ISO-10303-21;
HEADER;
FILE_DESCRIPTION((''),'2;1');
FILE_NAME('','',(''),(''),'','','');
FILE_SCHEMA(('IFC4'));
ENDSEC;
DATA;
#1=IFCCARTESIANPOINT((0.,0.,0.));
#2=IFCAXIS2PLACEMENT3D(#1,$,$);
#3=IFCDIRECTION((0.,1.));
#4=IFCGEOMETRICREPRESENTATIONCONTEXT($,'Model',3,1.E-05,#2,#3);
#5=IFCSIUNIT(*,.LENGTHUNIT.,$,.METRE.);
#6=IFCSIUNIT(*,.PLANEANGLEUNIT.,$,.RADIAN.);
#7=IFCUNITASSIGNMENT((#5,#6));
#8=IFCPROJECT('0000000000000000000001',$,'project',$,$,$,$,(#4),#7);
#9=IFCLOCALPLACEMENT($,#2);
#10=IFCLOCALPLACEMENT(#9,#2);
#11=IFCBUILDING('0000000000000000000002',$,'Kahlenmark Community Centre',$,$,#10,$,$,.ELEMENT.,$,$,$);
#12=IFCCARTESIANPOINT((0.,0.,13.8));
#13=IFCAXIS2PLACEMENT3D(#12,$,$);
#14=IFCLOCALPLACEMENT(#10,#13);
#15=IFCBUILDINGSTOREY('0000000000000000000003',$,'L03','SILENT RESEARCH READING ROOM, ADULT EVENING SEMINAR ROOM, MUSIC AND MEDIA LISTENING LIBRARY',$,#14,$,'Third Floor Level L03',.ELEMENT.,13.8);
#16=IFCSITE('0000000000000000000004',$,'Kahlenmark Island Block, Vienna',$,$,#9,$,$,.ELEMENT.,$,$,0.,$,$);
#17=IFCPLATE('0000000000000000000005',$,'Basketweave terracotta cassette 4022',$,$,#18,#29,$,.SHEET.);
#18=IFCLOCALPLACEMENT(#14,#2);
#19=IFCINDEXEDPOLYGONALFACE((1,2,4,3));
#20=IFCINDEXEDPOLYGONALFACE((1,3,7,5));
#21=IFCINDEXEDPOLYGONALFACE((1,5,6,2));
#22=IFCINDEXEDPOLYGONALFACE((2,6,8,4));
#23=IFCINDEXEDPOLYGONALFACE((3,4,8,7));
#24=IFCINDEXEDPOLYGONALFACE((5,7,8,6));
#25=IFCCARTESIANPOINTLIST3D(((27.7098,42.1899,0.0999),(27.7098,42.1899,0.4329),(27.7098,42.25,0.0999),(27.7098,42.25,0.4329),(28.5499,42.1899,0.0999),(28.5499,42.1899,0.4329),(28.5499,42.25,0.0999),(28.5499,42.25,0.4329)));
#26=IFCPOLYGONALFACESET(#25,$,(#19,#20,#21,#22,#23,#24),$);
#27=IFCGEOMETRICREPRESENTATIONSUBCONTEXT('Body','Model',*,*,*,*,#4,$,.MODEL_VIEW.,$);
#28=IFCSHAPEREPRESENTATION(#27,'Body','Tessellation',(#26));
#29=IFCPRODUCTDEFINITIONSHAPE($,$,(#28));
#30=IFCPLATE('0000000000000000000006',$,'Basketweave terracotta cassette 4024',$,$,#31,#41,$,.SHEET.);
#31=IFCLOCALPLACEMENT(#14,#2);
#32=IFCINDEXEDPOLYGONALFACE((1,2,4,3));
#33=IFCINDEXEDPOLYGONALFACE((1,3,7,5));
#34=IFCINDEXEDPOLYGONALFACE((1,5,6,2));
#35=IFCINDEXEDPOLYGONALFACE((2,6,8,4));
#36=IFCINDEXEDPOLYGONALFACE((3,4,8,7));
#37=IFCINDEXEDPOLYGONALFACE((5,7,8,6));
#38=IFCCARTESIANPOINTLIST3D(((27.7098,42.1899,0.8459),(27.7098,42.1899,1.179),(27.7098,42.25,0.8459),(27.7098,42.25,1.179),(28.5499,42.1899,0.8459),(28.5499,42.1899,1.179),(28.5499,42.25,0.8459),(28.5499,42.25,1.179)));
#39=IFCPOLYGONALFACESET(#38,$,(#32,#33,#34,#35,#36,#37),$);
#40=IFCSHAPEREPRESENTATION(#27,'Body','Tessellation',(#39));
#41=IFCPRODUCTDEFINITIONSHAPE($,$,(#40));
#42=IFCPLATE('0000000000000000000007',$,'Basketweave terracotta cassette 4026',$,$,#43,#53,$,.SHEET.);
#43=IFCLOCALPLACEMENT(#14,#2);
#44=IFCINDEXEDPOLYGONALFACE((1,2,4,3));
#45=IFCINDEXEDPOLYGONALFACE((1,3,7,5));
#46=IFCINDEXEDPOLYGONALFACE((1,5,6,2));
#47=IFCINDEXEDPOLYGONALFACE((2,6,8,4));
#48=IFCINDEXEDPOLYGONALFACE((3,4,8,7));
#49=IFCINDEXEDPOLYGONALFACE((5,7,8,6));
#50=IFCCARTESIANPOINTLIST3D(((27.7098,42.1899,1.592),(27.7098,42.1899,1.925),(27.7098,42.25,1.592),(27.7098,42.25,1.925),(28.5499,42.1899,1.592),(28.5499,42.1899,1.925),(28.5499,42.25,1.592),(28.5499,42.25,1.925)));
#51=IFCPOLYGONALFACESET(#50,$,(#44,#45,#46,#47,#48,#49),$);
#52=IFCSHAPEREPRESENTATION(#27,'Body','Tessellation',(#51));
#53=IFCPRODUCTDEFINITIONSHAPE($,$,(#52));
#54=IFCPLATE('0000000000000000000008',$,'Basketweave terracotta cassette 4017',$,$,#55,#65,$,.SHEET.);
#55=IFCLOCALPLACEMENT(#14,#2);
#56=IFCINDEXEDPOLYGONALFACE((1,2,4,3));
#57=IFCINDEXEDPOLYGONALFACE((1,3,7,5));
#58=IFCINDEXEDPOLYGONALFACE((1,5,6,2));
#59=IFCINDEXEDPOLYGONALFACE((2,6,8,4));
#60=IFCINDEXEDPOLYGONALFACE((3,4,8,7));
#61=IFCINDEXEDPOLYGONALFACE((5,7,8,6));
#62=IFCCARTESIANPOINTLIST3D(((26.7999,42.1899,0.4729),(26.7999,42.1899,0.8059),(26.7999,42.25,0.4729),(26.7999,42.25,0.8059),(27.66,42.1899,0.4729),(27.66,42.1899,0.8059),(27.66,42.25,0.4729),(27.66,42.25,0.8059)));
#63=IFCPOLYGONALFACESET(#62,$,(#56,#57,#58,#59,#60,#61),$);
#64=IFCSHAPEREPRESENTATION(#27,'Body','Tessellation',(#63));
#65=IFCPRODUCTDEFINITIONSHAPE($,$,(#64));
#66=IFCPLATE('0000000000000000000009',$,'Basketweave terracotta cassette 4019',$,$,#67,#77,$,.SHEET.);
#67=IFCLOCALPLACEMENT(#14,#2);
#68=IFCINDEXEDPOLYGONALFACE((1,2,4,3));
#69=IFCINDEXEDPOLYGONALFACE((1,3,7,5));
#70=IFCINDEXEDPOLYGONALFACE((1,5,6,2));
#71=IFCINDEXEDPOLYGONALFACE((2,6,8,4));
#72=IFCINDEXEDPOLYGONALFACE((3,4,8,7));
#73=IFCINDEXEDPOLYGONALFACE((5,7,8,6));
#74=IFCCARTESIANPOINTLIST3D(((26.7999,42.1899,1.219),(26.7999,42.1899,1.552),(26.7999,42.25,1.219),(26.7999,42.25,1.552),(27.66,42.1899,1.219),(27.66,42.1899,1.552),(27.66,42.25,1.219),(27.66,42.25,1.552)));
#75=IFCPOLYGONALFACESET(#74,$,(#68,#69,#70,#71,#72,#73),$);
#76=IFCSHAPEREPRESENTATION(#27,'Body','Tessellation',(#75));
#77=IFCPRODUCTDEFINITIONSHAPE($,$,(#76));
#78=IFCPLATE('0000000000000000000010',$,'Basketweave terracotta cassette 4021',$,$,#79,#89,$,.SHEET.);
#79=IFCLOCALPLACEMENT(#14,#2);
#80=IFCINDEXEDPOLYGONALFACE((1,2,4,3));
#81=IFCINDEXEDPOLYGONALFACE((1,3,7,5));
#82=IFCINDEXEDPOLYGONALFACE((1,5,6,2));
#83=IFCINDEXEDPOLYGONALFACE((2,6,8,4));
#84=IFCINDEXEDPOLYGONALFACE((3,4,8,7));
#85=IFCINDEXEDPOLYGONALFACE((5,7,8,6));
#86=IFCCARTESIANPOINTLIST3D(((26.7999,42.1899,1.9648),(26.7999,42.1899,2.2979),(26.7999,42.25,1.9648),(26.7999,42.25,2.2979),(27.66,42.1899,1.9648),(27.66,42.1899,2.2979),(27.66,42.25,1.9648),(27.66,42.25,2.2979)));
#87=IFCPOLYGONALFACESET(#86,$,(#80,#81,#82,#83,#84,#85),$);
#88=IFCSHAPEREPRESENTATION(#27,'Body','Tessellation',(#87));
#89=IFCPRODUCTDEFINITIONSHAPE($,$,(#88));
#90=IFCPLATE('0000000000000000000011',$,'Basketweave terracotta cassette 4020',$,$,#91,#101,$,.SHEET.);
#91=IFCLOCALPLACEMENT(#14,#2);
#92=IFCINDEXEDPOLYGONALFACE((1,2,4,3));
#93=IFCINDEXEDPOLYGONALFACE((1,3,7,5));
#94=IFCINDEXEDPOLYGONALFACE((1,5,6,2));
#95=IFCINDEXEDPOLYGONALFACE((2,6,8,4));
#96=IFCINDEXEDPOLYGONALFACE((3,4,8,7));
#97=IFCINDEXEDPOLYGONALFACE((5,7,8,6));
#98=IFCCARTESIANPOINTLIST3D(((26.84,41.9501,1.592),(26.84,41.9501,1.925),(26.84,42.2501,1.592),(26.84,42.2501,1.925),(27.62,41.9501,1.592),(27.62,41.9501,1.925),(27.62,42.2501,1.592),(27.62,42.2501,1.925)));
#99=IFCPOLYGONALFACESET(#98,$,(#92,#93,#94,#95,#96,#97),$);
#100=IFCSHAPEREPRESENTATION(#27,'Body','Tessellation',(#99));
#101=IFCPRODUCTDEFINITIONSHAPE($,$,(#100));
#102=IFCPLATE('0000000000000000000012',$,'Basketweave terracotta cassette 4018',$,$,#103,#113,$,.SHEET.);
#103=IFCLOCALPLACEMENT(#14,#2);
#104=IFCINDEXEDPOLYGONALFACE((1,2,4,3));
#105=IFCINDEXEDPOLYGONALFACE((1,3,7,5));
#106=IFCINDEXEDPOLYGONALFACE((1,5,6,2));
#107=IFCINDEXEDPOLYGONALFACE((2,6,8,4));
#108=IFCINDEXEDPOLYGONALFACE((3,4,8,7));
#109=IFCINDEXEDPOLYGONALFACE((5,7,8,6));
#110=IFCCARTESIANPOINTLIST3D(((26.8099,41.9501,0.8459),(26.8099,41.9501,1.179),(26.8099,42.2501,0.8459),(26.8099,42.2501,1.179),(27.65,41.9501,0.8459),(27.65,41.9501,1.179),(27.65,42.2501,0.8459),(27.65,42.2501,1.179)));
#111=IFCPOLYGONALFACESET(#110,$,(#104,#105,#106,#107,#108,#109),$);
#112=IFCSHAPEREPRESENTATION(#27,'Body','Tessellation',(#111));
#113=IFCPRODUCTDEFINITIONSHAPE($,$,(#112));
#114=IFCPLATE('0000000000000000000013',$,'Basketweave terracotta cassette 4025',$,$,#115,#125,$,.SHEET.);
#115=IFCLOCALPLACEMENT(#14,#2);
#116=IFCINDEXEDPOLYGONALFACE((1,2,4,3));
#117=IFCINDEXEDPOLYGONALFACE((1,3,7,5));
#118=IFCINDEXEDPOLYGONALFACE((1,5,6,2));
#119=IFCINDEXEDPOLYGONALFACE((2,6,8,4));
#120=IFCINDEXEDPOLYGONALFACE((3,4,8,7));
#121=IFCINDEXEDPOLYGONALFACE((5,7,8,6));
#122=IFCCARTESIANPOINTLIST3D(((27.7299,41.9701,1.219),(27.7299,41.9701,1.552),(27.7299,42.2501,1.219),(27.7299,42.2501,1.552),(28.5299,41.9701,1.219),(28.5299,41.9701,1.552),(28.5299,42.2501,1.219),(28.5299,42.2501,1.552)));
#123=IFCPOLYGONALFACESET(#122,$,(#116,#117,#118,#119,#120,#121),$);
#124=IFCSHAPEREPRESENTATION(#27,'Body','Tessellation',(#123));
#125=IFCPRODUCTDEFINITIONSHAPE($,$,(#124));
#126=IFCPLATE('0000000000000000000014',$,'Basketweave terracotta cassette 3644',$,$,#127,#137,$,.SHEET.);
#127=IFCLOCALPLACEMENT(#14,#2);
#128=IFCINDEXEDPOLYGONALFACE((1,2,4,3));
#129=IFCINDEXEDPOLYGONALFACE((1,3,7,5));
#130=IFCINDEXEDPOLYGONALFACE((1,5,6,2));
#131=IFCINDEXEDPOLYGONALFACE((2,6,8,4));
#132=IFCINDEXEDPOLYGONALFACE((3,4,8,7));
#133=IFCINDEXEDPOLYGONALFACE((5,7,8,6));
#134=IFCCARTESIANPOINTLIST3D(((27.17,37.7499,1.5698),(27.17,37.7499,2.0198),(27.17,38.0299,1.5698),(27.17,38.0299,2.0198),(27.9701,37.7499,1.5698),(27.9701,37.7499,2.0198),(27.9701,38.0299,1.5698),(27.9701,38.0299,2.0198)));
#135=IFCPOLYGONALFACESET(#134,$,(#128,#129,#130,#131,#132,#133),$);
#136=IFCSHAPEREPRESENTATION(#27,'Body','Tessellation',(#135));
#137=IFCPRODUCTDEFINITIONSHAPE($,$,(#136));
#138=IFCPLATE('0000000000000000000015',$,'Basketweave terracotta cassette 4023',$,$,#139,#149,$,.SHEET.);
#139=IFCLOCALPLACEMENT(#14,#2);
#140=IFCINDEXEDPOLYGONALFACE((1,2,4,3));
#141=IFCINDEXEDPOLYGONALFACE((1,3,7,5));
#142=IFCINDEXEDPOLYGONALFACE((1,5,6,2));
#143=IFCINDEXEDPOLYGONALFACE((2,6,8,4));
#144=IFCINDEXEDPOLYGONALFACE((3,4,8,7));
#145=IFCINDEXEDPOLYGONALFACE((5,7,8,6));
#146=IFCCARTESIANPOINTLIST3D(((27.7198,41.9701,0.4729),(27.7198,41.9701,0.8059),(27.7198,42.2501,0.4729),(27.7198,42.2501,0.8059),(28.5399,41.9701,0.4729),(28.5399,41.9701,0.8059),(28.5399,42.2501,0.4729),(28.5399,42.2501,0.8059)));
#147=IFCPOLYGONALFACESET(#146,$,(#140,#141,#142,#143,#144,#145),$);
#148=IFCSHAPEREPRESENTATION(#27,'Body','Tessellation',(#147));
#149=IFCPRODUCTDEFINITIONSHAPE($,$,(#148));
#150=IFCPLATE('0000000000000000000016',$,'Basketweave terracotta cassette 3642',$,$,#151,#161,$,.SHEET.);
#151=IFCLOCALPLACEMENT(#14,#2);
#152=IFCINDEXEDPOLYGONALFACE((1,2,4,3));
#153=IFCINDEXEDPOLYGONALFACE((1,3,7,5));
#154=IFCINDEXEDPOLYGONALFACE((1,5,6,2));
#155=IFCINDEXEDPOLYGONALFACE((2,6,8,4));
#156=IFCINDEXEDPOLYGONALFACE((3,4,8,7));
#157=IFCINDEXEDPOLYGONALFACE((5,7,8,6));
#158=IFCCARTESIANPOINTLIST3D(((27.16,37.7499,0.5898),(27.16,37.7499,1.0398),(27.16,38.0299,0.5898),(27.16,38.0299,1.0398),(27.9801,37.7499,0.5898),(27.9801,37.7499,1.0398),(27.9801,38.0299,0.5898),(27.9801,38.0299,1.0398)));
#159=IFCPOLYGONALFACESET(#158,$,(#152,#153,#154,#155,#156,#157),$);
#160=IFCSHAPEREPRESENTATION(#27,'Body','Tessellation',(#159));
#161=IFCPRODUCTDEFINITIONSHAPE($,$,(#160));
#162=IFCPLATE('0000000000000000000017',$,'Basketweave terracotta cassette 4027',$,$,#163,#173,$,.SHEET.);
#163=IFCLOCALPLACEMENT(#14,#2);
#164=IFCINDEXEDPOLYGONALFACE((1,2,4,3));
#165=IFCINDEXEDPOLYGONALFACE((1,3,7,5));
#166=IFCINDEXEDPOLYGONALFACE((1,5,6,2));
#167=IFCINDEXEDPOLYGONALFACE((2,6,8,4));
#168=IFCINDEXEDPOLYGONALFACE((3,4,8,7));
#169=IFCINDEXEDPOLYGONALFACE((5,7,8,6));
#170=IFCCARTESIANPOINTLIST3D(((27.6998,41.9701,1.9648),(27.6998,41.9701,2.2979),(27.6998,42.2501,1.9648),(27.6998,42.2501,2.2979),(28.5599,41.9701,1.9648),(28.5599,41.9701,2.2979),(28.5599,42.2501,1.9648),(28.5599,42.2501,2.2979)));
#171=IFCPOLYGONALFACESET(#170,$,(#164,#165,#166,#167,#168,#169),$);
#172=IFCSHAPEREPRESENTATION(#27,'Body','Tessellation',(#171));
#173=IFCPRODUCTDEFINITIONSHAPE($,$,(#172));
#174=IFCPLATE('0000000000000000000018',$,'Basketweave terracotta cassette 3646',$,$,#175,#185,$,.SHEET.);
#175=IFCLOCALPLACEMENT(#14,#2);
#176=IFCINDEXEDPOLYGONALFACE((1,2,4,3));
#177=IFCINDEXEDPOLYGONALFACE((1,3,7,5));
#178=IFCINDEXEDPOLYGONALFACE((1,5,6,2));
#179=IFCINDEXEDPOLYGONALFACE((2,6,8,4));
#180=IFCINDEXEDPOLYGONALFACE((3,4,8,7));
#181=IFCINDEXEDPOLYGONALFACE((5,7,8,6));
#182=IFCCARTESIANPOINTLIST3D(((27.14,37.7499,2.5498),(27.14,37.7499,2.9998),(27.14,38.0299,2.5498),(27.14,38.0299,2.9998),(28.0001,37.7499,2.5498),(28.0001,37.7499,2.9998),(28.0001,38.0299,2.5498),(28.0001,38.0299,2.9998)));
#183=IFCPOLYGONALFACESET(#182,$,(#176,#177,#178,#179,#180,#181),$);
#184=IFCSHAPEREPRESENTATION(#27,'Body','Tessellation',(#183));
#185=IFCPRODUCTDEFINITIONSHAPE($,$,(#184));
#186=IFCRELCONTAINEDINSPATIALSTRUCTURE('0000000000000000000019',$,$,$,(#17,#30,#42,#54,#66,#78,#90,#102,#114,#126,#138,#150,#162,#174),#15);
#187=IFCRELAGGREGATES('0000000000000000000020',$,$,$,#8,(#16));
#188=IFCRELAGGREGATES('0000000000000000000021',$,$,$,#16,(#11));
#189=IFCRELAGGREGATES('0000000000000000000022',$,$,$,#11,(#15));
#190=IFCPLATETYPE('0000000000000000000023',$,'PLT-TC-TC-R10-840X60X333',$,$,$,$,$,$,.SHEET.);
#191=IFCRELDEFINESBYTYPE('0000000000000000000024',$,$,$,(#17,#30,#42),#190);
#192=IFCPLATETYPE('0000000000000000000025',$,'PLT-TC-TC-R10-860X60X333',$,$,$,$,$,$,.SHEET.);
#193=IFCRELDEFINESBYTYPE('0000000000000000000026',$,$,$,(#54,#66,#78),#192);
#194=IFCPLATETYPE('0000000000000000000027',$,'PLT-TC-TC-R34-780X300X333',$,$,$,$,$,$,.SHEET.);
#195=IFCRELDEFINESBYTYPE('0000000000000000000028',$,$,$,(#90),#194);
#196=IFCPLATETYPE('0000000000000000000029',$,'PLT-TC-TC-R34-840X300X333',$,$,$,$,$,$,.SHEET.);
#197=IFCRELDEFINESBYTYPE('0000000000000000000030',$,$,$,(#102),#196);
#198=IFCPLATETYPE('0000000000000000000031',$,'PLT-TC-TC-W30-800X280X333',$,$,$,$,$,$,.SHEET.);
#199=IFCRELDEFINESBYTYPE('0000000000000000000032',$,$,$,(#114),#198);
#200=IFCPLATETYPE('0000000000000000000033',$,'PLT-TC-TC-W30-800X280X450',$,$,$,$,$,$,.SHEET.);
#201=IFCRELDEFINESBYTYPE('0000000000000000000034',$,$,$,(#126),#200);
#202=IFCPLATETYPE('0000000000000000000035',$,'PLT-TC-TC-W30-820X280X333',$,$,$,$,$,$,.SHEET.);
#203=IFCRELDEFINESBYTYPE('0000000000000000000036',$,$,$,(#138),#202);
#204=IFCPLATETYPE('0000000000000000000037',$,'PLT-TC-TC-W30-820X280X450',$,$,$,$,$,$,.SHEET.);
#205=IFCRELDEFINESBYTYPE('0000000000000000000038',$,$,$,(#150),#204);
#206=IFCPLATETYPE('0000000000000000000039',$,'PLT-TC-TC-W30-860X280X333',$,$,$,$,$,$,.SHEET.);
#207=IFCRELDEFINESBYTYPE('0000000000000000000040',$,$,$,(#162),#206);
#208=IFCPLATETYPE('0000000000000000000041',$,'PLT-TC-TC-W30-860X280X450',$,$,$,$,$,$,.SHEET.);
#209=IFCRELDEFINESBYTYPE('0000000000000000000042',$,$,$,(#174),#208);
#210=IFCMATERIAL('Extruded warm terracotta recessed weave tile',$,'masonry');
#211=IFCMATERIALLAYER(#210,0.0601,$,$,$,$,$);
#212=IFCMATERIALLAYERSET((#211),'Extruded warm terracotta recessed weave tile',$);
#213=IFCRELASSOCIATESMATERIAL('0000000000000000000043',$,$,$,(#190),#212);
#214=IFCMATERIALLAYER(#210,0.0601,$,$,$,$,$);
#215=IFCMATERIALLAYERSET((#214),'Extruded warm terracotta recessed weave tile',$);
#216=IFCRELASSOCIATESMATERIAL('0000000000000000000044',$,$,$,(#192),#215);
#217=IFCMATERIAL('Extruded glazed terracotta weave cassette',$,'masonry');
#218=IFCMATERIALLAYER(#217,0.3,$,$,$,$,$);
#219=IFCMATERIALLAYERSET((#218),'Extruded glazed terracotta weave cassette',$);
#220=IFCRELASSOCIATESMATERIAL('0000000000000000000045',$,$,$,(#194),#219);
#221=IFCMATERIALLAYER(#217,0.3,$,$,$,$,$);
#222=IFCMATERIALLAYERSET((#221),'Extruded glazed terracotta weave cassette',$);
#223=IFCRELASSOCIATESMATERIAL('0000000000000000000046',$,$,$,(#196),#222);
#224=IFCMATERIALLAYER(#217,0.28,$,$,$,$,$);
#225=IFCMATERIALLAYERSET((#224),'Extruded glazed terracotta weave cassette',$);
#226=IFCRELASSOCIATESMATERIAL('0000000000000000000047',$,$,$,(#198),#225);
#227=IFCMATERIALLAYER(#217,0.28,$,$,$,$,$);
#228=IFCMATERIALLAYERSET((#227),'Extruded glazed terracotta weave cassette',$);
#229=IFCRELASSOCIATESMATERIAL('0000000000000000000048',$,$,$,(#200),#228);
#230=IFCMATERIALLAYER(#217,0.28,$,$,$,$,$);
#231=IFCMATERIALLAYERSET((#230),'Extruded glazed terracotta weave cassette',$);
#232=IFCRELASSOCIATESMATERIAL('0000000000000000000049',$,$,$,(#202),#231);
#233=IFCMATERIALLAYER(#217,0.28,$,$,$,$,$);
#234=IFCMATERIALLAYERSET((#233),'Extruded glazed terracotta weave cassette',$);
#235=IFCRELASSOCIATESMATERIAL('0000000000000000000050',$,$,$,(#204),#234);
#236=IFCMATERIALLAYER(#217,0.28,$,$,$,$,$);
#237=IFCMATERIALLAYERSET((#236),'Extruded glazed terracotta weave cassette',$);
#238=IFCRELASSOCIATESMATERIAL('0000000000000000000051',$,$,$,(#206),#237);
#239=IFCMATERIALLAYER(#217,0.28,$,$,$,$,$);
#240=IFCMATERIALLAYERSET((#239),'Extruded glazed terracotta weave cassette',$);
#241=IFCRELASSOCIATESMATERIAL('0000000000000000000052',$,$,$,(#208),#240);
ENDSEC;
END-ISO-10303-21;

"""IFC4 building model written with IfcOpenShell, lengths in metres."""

from ifc_helpers import new_model, si_unit, direction, frame, origin, origin_2d, place, context, subcontext, project, spatial, rectangle, extrude, material, layer, layer_set, type_object, element, save


model = new_model("IFC4")

# Units and contexts
model_context = context("Model", 3, precision=1e-05, world=origin(), true_north=direction((0.0, 1.0)))
body_context = subcontext(model_context, "Body", "Model", "MODEL_VIEW")
ifc_project = project(units=[si_unit("LENGTHUNIT", "METRE"), si_unit("PLANEANGLEUNIT", "RADIAN")], contexts=[model_context])

# Site, building, storey
site_placement = place(None, origin())
site = spatial("IfcSite", under=ifc_project, at=site_placement, Name="Kahlenmark Island Block, Vienna", CompositionType="ELEMENT", RefElevation=0.0)
building_placement = place(site_placement, origin())
building = spatial("IfcBuilding", under=site, at=building_placement, Name="Kahlenmark Community Centre", CompositionType="ELEMENT")
storey_placement = place(building_placement, frame((0.0, 0.0, 13.8)))
storey = spatial("IfcBuildingStorey", under=building, at=storey_placement, Name="L03", Description="SILENT RESEARCH READING ROOM, ADULT EVENING SEMINAR ROOM, MUSIC AND MEDIA LISTENING LIBRARY", LongName="Third Floor Level L03", CompositionType="ELEMENT", Elevation=13.8)

# Plates
ifc_material_1 = material(Name="Extruded warm terracotta recessed weave tile", Category="masonry")
ifc_layer_1 = layer(ifc_material_1, 0.0601)
ifc_layer_set_1 = layer_set([ifc_layer_1], Name="Extruded warm terracotta recessed weave tile")
plate_type_1 = type_object("IfcPlateType", Name="PLT-TC-TC-R10-840X60X333", PredefinedType="SHEET", material=ifc_layer_set_1)
for number, where, z_axis, x_axis, name in (
    (1, (28.1299, 42.22, 0.0999), (0.0, 0.0, 1.0), (1.0, 0.0, 0.0), "Basketweave terracotta cassette 4022"),
    (2, (28.1299, 42.22, 0.8459), (0.0, 0.0, 1.0), (1.0, 0.0, 0.0), "Basketweave terracotta cassette 4024"),
    (3, (28.1299, 42.22, 1.592), (0.0, 0.0, 1.0), (1.0, 0.0, 0.0), "Basketweave terracotta cassette 4026"),
):
    element("IfcPlate", number, at=place(storey_placement, frame(where, z_axis=z_axis, x_axis=x_axis)), inside=storey, type_object=plate_type_1, Name=name, PredefinedType="SHEET", context=body_context, shape_type="SweptSolid", body=[
        extrude(rectangle(XDim=0.8401, YDim=0.0601, at=origin_2d()), origin(), (0.0, 0.0, 1.0), 0.333),
    ])
ifc_layer_2 = layer(ifc_material_1, 0.0601)
ifc_layer_set_2 = layer_set([ifc_layer_2], Name="Extruded warm terracotta recessed weave tile")
plate_type_2 = type_object("IfcPlateType", Name="PLT-TC-TC-R10-860X60X333", PredefinedType="SHEET", material=ifc_layer_set_2)
for number, where, z_axis, x_axis, name in (
    (4, (27.23, 42.22, 0.4729), (0.0, 0.0, 1.0), (1.0, 0.0, 0.0), "Basketweave terracotta cassette 4017"),
    (5, (27.23, 42.22, 1.219), (0.0, 0.0, 1.0), (1.0, 0.0, 0.0), "Basketweave terracotta cassette 4019"),
    (6, (27.23, 42.22, 1.9648), (0.0, 0.0, 1.0), (1.0, 0.0, 0.0), "Basketweave terracotta cassette 4021"),
):
    element("IfcPlate", number, at=place(storey_placement, frame(where, z_axis=z_axis, x_axis=x_axis)), inside=storey, type_object=plate_type_2, Name=name, PredefinedType="SHEET", context=body_context, shape_type="SweptSolid", body=[
        extrude(rectangle(XDim=0.8601, YDim=0.0601, at=origin_2d()), origin(), (0.0, 0.0, 1.0), 0.333),
    ])
ifc_material_2 = material(Name="Extruded glazed terracotta weave cassette", Category="masonry")
ifc_layer_3 = layer(ifc_material_2, 0.3)
ifc_layer_set_3 = layer_set([ifc_layer_3], Name="Extruded glazed terracotta weave cassette")
plate_type_3 = type_object("IfcPlateType", Name="PLT-TC-TC-R34-780X300X333", PredefinedType="SHEET", material=ifc_layer_set_3)
plate_1_placement = place(storey_placement, frame((27.23, 42.1001, 1.592), z_axis=(0.0, 0.0, 1.0), x_axis=(1.0, 0.0, 0.0)))
element("IfcPlate", 7, at=plate_1_placement, inside=storey, type_object=plate_type_3, Name="Basketweave terracotta cassette 4020", PredefinedType="SHEET", context=body_context, shape_type="SweptSolid", body=[
    extrude(rectangle(XDim=0.78, YDim=0.3, at=origin_2d()), origin(), (0.0, 0.0, 1.0), 0.333),
])
ifc_layer_4 = layer(ifc_material_2, 0.3)
ifc_layer_set_4 = layer_set([ifc_layer_4], Name="Extruded glazed terracotta weave cassette")
plate_type_4 = type_object("IfcPlateType", Name="PLT-TC-TC-R34-840X300X333", PredefinedType="SHEET", material=ifc_layer_set_4)
plate_2_placement = place(storey_placement, frame((27.23, 42.1001, 0.8459), z_axis=(0.0, 0.0, 1.0), x_axis=(1.0, 0.0, 0.0)))
element("IfcPlate", 8, at=plate_2_placement, inside=storey, type_object=plate_type_4, Name="Basketweave terracotta cassette 4018", PredefinedType="SHEET", context=body_context, shape_type="SweptSolid", body=[
    extrude(rectangle(XDim=0.8401, YDim=0.3, at=origin_2d()), origin(), (0.0, 0.0, 1.0), 0.333),
])
ifc_layer_5 = layer(ifc_material_2, 0.28)
ifc_layer_set_5 = layer_set([ifc_layer_5], Name="Extruded glazed terracotta weave cassette")
plate_type_5 = type_object("IfcPlateType", Name="PLT-TC-TC-W30-800X280X333", PredefinedType="SHEET", material=ifc_layer_set_5)
plate_3_placement = place(storey_placement, frame((28.1299, 42.1101, 1.219), z_axis=(0.0, 0.0, 1.0), x_axis=(1.0, 0.0, 0.0)))
element("IfcPlate", 9, at=plate_3_placement, inside=storey, type_object=plate_type_5, Name="Basketweave terracotta cassette 4025", PredefinedType="SHEET", context=body_context, shape_type="SweptSolid", body=[
    extrude(rectangle(XDim=0.8, YDim=0.28, at=origin_2d()), origin(), (0.0, 0.0, 1.0), 0.333),
])
ifc_layer_6 = layer(ifc_material_2, 0.28)
ifc_layer_set_6 = layer_set([ifc_layer_6], Name="Extruded glazed terracotta weave cassette")
plate_type_6 = type_object("IfcPlateType", Name="PLT-TC-TC-W30-800X280X450", PredefinedType="SHEET", material=ifc_layer_set_6)
plate_4_placement = place(storey_placement, frame((27.5701, 37.8899, 1.5698), z_axis=(0.0, 0.0, 1.0), x_axis=(-1.0, 0.0, 0.0)))
element("IfcPlate", 10, at=plate_4_placement, inside=storey, type_object=plate_type_6, Name="Basketweave terracotta cassette 3644", PredefinedType="SHEET", context=body_context, shape_type="SweptSolid", body=[
    extrude(rectangle(XDim=0.8, YDim=0.28, at=origin_2d()), origin(), (0.0, 0.0, 1.0), 0.45),
])
ifc_layer_7 = layer(ifc_material_2, 0.28)
ifc_layer_set_7 = layer_set([ifc_layer_7], Name="Extruded glazed terracotta weave cassette")
plate_type_7 = type_object("IfcPlateType", Name="PLT-TC-TC-W30-820X280X333", PredefinedType="SHEET", material=ifc_layer_set_7)
plate_5_placement = place(storey_placement, frame((28.1299, 42.1101, 0.4729), z_axis=(0.0, 0.0, 1.0), x_axis=(1.0, 0.0, 0.0)))
element("IfcPlate", 11, at=plate_5_placement, inside=storey, type_object=plate_type_7, Name="Basketweave terracotta cassette 4023", PredefinedType="SHEET", context=body_context, shape_type="SweptSolid", body=[
    extrude(rectangle(XDim=0.8201, YDim=0.28, at=origin_2d()), origin(), (0.0, 0.0, 1.0), 0.333),
])
ifc_layer_8 = layer(ifc_material_2, 0.28)
ifc_layer_set_8 = layer_set([ifc_layer_8], Name="Extruded glazed terracotta weave cassette")
plate_type_8 = type_object("IfcPlateType", Name="PLT-TC-TC-W30-820X280X450", PredefinedType="SHEET", material=ifc_layer_set_8)
plate_6_placement = place(storey_placement, frame((27.5701, 37.8899, 0.5898), z_axis=(0.0, 0.0, 1.0), x_axis=(-1.0, 0.0, 0.0)))
element("IfcPlate", 12, at=plate_6_placement, inside=storey, type_object=plate_type_8, Name="Basketweave terracotta cassette 3642", PredefinedType="SHEET", context=body_context, shape_type="SweptSolid", body=[
    extrude(rectangle(XDim=0.8201, YDim=0.28, at=origin_2d()), origin(), (0.0, 0.0, 1.0), 0.45),
])
ifc_layer_9 = layer(ifc_material_2, 0.28)
ifc_layer_set_9 = layer_set([ifc_layer_9], Name="Extruded glazed terracotta weave cassette")
plate_type_9 = type_object("IfcPlateType", Name="PLT-TC-TC-W30-860X280X333", PredefinedType="SHEET", material=ifc_layer_set_9)
plate_7_placement = place(storey_placement, frame((28.1299, 42.1101, 1.9648), z_axis=(0.0, 0.0, 1.0), x_axis=(1.0, 0.0, 0.0)))
element("IfcPlate", 13, at=plate_7_placement, inside=storey, type_object=plate_type_9, Name="Basketweave terracotta cassette 4027", PredefinedType="SHEET", context=body_context, shape_type="SweptSolid", body=[
    extrude(rectangle(XDim=0.8601, YDim=0.28, at=origin_2d()), origin(), (0.0, 0.0, 1.0), 0.333),
])
ifc_layer_10 = layer(ifc_material_2, 0.28)
ifc_layer_set_10 = layer_set([ifc_layer_10], Name="Extruded glazed terracotta weave cassette")
plate_type_10 = type_object("IfcPlateType", Name="PLT-TC-TC-W30-860X280X450", PredefinedType="SHEET", material=ifc_layer_set_10)
plate_8_placement = place(storey_placement, frame((27.5701, 37.8899, 2.5498), z_axis=(0.0, 0.0, 1.0), x_axis=(-1.0, 0.0, 0.0)))
element("IfcPlate", 14, at=plate_8_placement, inside=storey, type_object=plate_type_10, Name="Basketweave terracotta cassette 3646", PredefinedType="SHEET", context=body_context, shape_type="SweptSolid", body=[
    extrude(rectangle(XDim=0.8601, YDim=0.28, at=origin_2d()), origin(), (0.0, 0.0, 1.0), 0.45),
])

save(model, "model.ifc")
